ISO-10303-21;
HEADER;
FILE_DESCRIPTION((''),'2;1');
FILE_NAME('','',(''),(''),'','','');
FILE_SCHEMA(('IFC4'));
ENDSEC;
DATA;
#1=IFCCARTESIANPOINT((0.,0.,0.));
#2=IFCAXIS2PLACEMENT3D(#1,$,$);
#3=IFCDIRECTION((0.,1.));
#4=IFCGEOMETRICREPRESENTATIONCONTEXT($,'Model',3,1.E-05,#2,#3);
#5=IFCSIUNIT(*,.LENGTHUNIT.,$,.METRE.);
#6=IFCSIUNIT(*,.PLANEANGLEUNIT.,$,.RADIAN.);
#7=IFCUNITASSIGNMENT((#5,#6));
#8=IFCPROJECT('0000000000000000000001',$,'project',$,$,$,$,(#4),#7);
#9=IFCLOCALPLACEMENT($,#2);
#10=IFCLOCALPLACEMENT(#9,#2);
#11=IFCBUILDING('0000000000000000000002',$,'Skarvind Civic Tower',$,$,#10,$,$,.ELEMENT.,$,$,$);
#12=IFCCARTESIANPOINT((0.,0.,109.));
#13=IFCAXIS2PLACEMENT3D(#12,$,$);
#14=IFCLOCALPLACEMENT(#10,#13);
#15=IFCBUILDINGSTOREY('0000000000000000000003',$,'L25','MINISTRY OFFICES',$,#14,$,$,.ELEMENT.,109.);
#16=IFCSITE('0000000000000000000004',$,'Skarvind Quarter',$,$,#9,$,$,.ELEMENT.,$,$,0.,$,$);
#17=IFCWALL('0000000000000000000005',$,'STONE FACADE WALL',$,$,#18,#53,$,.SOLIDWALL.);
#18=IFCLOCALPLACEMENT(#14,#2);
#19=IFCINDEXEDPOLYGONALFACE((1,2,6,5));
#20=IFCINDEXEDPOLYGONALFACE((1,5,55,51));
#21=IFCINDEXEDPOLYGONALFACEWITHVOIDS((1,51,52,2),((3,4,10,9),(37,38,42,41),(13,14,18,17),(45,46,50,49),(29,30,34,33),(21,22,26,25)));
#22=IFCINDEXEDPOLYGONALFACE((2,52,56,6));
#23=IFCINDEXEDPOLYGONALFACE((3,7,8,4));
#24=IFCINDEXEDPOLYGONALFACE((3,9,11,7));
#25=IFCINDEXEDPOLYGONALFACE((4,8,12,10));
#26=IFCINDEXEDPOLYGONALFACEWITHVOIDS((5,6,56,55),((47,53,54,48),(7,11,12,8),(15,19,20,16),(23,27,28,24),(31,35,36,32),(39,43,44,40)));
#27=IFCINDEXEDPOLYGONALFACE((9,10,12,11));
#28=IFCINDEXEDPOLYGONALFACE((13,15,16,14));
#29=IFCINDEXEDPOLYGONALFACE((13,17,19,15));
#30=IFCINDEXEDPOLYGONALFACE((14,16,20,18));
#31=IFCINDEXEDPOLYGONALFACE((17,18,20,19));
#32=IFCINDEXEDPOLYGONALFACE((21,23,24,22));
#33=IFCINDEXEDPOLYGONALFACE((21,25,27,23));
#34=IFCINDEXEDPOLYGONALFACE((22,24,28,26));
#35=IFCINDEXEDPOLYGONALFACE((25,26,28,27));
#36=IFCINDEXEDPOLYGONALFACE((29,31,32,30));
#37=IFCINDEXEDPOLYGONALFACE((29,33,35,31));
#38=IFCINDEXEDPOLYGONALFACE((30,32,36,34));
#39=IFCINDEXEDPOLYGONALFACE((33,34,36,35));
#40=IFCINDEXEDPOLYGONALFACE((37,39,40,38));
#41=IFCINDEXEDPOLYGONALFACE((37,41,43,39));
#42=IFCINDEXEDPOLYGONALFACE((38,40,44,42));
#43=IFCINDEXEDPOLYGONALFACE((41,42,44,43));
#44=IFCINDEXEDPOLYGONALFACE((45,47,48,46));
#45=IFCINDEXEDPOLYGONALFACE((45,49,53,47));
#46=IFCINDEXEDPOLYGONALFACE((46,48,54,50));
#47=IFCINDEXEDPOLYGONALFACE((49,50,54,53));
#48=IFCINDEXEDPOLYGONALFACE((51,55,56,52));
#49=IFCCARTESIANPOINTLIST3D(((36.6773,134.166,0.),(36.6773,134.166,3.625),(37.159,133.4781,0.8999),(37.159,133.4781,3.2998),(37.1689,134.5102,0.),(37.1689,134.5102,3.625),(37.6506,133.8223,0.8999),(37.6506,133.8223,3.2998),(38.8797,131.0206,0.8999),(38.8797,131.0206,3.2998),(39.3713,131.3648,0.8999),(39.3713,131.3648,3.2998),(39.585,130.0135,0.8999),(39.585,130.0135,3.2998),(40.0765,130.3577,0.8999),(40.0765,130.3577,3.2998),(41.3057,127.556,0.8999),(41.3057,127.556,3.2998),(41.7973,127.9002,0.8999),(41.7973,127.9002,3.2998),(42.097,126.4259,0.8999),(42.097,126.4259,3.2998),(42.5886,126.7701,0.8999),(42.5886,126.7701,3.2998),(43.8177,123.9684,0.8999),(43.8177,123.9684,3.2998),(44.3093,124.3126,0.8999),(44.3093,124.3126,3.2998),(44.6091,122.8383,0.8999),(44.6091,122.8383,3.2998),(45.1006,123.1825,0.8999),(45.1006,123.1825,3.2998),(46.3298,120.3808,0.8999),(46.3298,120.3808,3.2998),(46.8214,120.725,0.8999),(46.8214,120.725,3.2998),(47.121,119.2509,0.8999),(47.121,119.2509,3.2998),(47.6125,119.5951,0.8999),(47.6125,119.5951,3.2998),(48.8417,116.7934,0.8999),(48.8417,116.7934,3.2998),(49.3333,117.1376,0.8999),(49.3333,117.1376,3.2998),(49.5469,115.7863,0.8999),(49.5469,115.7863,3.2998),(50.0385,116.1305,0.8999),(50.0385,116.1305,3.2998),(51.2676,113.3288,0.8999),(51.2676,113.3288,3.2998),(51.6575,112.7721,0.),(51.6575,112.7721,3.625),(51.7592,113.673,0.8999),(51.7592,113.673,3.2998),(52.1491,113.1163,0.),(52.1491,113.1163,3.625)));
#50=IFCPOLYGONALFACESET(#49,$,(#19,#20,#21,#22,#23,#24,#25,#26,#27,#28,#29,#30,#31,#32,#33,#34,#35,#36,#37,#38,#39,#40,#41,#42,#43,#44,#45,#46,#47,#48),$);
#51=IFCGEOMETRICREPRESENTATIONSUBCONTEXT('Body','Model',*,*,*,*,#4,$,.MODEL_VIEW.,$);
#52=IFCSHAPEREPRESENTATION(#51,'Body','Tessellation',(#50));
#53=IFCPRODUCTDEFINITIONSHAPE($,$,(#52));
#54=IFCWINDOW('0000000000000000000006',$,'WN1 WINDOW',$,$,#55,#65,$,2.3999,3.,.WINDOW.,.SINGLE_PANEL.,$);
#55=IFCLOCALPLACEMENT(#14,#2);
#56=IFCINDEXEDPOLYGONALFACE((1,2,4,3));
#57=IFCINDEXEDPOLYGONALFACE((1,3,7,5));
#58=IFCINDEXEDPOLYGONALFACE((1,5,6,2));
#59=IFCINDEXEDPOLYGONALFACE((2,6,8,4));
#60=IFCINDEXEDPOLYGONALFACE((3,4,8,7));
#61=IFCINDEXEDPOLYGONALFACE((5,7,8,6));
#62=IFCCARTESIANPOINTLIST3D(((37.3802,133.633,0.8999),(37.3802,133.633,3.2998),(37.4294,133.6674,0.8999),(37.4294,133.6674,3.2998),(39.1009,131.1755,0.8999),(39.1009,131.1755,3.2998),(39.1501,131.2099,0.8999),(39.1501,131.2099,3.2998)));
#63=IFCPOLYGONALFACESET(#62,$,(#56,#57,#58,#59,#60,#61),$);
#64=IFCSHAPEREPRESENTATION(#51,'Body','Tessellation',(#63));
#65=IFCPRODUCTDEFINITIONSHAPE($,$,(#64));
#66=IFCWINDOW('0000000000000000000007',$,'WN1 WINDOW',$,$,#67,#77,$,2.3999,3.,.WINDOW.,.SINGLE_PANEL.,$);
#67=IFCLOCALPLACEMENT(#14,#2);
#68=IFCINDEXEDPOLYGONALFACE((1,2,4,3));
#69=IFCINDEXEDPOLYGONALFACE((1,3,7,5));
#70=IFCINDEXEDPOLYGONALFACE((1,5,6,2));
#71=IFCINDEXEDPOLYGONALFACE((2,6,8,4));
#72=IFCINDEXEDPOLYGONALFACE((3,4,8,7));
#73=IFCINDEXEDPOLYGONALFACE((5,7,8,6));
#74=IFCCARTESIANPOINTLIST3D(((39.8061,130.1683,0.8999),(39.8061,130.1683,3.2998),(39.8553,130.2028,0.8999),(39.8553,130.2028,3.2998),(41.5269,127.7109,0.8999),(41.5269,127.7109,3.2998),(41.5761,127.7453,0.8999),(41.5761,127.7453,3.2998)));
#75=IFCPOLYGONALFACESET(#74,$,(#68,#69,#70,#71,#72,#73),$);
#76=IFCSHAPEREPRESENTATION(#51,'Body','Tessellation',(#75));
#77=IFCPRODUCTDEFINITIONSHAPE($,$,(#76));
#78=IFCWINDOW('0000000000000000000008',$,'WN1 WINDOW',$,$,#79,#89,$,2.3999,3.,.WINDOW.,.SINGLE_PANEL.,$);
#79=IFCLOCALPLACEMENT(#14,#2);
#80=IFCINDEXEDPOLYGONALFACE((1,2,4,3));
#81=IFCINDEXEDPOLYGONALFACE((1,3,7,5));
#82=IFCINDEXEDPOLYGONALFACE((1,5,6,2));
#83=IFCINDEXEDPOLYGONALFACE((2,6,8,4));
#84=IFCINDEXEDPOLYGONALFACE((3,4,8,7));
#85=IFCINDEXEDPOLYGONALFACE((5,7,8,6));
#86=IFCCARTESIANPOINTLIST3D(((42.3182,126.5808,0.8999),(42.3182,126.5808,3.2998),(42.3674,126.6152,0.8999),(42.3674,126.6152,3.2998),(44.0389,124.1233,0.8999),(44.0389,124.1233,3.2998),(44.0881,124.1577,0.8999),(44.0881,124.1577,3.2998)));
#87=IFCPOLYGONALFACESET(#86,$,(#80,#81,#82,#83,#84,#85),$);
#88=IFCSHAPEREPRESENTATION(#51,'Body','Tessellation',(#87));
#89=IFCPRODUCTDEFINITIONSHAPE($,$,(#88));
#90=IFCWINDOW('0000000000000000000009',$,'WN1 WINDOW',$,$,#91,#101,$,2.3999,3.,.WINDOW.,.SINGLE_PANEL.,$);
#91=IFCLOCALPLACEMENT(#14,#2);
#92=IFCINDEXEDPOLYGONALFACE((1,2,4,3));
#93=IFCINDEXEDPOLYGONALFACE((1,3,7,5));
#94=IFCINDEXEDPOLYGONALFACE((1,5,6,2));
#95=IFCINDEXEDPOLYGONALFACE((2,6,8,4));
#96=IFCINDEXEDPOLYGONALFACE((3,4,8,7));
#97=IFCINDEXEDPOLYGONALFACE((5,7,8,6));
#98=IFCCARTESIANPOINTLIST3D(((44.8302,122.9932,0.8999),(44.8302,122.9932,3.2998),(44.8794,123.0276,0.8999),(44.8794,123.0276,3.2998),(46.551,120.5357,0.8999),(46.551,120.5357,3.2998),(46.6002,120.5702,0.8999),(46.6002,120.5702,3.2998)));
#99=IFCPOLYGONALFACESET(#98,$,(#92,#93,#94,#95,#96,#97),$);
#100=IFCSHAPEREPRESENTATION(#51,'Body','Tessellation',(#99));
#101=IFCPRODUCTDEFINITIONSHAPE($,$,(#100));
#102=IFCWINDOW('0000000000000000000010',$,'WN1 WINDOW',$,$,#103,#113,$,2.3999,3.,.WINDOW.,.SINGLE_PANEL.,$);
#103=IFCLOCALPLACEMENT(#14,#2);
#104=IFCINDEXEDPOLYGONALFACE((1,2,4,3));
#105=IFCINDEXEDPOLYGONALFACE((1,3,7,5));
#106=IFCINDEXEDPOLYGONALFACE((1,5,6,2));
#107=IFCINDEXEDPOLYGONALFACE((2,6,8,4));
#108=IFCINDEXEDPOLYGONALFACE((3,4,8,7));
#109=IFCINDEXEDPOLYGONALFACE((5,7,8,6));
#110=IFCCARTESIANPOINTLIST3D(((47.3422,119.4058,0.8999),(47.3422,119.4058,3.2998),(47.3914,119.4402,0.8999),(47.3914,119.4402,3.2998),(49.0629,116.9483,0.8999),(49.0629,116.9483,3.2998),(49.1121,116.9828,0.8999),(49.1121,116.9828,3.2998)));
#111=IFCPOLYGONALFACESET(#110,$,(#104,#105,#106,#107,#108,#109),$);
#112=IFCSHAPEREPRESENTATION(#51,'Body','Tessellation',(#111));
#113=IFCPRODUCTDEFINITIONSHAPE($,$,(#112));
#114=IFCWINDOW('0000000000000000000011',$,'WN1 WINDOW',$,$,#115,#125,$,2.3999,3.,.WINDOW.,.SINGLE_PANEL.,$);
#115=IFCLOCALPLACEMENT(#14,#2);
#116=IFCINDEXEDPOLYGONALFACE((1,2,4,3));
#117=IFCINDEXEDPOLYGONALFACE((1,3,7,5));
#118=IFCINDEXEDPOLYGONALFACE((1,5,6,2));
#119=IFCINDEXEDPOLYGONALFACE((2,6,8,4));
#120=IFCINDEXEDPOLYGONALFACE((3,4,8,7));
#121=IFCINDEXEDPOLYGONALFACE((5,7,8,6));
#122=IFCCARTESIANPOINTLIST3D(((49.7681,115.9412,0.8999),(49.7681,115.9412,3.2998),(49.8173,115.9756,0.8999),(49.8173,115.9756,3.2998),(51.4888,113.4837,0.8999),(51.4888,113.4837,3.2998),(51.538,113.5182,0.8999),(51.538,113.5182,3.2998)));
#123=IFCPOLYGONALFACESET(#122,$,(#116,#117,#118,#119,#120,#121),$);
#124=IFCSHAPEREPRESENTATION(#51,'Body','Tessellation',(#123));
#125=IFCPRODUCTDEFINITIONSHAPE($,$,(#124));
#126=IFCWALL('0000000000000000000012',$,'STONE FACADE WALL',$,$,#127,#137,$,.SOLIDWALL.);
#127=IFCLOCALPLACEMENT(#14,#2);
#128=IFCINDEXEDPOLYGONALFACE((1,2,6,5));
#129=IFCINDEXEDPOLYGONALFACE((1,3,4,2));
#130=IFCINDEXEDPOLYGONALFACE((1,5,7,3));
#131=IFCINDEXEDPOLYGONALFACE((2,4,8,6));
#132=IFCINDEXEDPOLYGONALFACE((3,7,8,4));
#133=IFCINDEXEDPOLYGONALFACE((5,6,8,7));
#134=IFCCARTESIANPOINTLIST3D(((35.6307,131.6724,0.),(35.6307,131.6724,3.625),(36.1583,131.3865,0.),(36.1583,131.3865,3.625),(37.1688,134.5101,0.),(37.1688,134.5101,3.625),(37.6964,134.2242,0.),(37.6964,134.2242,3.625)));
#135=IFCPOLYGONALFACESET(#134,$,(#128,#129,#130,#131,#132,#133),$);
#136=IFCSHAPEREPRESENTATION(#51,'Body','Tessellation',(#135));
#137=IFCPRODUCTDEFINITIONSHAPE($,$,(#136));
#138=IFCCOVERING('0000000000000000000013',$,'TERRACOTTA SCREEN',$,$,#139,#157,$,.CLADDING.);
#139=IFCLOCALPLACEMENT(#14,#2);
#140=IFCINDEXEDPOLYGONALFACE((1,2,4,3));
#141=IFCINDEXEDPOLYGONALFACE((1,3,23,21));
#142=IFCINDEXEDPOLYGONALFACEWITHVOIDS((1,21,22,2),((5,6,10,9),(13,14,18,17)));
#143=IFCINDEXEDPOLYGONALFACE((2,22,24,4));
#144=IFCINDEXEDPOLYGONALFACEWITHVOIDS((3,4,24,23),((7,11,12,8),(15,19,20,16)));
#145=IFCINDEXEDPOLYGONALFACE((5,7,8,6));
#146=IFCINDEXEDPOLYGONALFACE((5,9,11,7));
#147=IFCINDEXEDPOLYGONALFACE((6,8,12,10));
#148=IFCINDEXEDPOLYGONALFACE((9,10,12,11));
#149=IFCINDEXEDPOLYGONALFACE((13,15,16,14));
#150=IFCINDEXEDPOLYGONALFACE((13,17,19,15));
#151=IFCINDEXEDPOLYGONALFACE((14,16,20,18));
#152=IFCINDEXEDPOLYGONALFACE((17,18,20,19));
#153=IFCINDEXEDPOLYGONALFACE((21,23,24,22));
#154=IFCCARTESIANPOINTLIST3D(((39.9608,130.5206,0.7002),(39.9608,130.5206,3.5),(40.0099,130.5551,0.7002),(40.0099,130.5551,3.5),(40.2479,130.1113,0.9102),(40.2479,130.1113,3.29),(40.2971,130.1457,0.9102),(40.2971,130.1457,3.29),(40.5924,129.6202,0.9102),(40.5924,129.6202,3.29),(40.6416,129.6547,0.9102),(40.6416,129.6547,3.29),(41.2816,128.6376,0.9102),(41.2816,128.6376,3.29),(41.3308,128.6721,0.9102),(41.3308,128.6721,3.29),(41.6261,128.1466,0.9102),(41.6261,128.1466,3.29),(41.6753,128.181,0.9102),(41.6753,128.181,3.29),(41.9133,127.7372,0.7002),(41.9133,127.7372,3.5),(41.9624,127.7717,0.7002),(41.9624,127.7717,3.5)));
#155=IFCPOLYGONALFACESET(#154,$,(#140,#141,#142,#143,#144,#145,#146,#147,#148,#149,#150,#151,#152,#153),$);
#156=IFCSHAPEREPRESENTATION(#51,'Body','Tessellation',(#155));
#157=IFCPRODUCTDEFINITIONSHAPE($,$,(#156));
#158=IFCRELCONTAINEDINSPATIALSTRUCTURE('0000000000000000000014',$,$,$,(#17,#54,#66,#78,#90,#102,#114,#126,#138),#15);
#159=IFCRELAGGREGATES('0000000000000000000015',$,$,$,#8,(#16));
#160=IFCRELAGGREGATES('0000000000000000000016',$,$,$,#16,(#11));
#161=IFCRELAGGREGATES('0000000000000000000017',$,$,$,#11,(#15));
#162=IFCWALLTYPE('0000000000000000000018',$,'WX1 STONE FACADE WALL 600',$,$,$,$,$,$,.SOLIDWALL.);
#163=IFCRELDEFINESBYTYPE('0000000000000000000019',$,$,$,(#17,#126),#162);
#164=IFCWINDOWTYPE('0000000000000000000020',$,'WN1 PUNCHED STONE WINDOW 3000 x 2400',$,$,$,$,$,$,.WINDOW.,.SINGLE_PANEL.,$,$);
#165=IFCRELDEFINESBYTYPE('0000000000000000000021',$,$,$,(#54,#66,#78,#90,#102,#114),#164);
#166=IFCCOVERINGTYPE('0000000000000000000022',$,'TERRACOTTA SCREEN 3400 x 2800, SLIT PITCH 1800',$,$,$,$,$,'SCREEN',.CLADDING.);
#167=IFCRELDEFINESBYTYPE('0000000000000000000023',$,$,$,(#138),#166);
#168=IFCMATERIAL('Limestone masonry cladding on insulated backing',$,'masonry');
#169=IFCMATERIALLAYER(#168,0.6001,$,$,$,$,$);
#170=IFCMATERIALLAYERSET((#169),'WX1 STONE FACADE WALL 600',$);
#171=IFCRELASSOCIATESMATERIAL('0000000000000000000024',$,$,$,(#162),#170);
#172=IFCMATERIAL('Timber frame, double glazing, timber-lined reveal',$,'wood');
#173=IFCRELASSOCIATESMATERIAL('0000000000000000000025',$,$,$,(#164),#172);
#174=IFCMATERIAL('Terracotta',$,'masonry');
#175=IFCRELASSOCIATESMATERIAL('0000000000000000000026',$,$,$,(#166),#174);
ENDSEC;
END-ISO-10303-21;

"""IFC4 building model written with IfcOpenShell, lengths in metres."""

from ifc_helpers import new_model, si_unit, direction, frame, frame_2d, origin, place, context, subcontext, project, spatial, polyline, rectangle, outline, extrude, material, layer, layer_set, material_profile, profile_set, type_object, element, fill, save


model = new_model("IFC4")

# Units and contexts
model_context = context("Model", 3, precision=1e-05, world=origin(), true_north=direction((0.0, 1.0)))
body_context = subcontext(model_context, "Body", "Model", "MODEL_VIEW")
ifc_project = project(units=[si_unit("LENGTHUNIT", "METRE"), si_unit("PLANEANGLEUNIT", "RADIAN")], contexts=[model_context])

# Site, building, storey
site_placement = place(None, origin())
site = spatial("IfcSite", under=ifc_project, at=site_placement, Name="Skarvind Quarter", CompositionType="ELEMENT", RefElevation=0.0)
building_placement = place(site_placement, origin())
building = spatial("IfcBuilding", under=site, at=building_placement, Name="Skarvind Civic Tower", CompositionType="ELEMENT")
storey_placement = place(building_placement, frame((0.0, 0.0, 109.0)))
storey = spatial("IfcBuildingStorey", under=building, at=storey_placement, Name="L25", Description="MINISTRY OFFICES", CompositionType="ELEMENT", Elevation=109.0)

# Shared definitions
ifc_material_1 = material(Name="Limestone masonry cladding on insulated backing", Category="masonry")
ifc_layer_1 = layer(ifc_material_1, 0.6001)
ifc_layer_set_1 = layer_set([ifc_layer_1], Name="WX1 STONE FACADE WALL 600")
wall_type_1 = type_object("IfcWallType", Name="WX1 STONE FACADE WALL 600", PredefinedType="SOLIDWALL", material=ifc_layer_set_1)

# Wall, openings, windows
wall_1_placement = place(storey_placement, frame((36.9231, 134.3381, 0.0), z_axis=(0.0, 0.0, 1.0), x_axis=(0.573575, -0.819153, 0.0)))
wall_1 = element("IfcWall", 1, at=wall_1_placement, inside=storey, type_object=wall_type_1, Name="STONE FACADE WALL", PredefinedType="SOLIDWALL", context=body_context, shape_type="SweptSolid", body=[
    extrude(rectangle(XDim=26.1172, YDim=0.6001, at=frame_2d((13.0586, 0.0))), origin(), (0.0, 0.0, 1.0), 3.625),
])
opening_1_placement = place(wall_1_placement, frame((0.8398, 0.0, 0.8999)))
opening_1 = element("IfcOpeningElement", 2, at=opening_1_placement, cuts=wall_1, PredefinedType="OPENING", context=body_context, shape_type="SweptSolid", body=[
    extrude(rectangle(XDim=3.0, YDim=2.3999, at=frame_2d((1.5, 1.2))), frame((0.0, 0.3101, 0.0), z_axis=(0.0, -1.0, 0.0), x_axis=(1.0, 0.0, 0.0)), (0.0, 0.0, 1.0), 0.6201),
])
opening_2_placement = place(wall_1_placement, frame((5.0693, 0.0, 0.8999)))
opening_2 = element("IfcOpeningElement", 3, at=opening_2_placement, cuts=wall_1, PredefinedType="OPENING", context=body_context, shape_type="SweptSolid", body=[
    extrude(rectangle(XDim=3.0, YDim=2.3999, at=frame_2d((1.5, 1.2))), frame((0.0, 0.3101, 0.0), z_axis=(0.0, -1.0, 0.0), x_axis=(1.0, 0.0, 0.0)), (0.0, 0.0, 1.0), 0.6201),
])
opening_3_placement = place(wall_1_placement, frame((9.449, 0.0, 0.8999)))
opening_3 = element("IfcOpeningElement", 4, at=opening_3_placement, cuts=wall_1, PredefinedType="OPENING", context=body_context, shape_type="SweptSolid", body=[
    extrude(rectangle(XDim=3.0, YDim=2.3999, at=frame_2d((1.5, 1.2))), frame((0.0, 0.3101, 0.0), z_axis=(0.0, -1.0, 0.0), x_axis=(1.0, 0.0, 0.0)), (0.0, 0.0, 1.0), 0.6201),
])
opening_4_placement = place(wall_1_placement, frame((13.8286, 0.0, 0.8999)))
opening_4 = element("IfcOpeningElement", 5, at=opening_4_placement, cuts=wall_1, PredefinedType="OPENING", context=body_context, shape_type="SweptSolid", body=[
    extrude(rectangle(XDim=3.0, YDim=2.3999, at=frame_2d((1.5, 1.2))), frame((0.0, 0.3101, 0.0), z_axis=(0.0, -1.0, 0.0), x_axis=(1.0, 0.0, 0.0)), (0.0, 0.0, 1.0), 0.6201),
])
opening_5_placement = place(wall_1_placement, frame((18.208, 0.0, 0.8999)))
opening_5 = element("IfcOpeningElement", 6, at=opening_5_placement, cuts=wall_1, PredefinedType="OPENING", context=body_context, shape_type="SweptSolid", body=[
    extrude(rectangle(XDim=3.0, YDim=2.3999, at=frame_2d((1.5, 1.2))), frame((0.0, 0.3101, 0.0), z_axis=(0.0, -1.0, 0.0), x_axis=(1.0, 0.0, 0.0)), (0.0, 0.0, 1.0), 0.6201),
])
opening_6_placement = place(wall_1_placement, frame((22.4375, 0.0, 0.8999)))
opening_6 = element("IfcOpeningElement", 7, at=opening_6_placement, cuts=wall_1, PredefinedType="OPENING", context=body_context, shape_type="SweptSolid", body=[
    extrude(rectangle(XDim=3.0, YDim=2.3999, at=frame_2d((1.5, 1.2))), frame((0.0, 0.3101, 0.0), z_axis=(0.0, -1.0, 0.0), x_axis=(1.0, 0.0, 0.0)), (0.0, 0.0, 1.0), 0.6201),
])
ifc_material_2 = material(Name="Timber frame, double glazing, timber-lined reveal", Category="wood")
window_type = type_object("IfcWindowType", Name="WN1 PUNCHED STONE WINDOW 3000 x 2400", PartitioningType="SINGLE_PANEL", PredefinedType="WINDOW", material=ifc_material_2)
window_1_placement = place(opening_1_placement, origin())
window_1 = element("IfcWindow", 8, at=window_1_placement, inside=storey, type_object=window_type, Name="WN1 WINDOW", OverallHeight=2.3999, OverallWidth=3.0, PartitioningType="SINGLE_PANEL", PredefinedType="WINDOW", context=body_context, shape_type="SweptSolid", body=[
    extrude(rectangle(XDim=3.0, YDim=2.3999, at=frame_2d((1.5, 1.2))), frame((0.0, 0.03, 0.0), z_axis=(0.0, -1.0, 0.0), x_axis=(1.0, 0.0, 0.0)), (0.0, 0.0, 1.0), 0.0601),
])
fill(opening_1, window_1)
window_2_placement = place(opening_2_placement, origin())
window_2 = element("IfcWindow", 9, at=window_2_placement, inside=storey, type_object=window_type, Name="WN1 WINDOW", OverallHeight=2.3999, OverallWidth=3.0, PartitioningType="SINGLE_PANEL", PredefinedType="WINDOW", context=body_context, shape_type="SweptSolid", body=[
    extrude(rectangle(XDim=3.0, YDim=2.3999, at=frame_2d((1.5, 1.2))), frame((0.0, 0.03, 0.0), z_axis=(0.0, -1.0, 0.0), x_axis=(1.0, 0.0, 0.0)), (0.0, 0.0, 1.0), 0.0601),
])
fill(opening_2, window_2)
window_3_placement = place(opening_3_placement, origin())
window_3 = element("IfcWindow", 10, at=window_3_placement, inside=storey, type_object=window_type, Name="WN1 WINDOW", OverallHeight=2.3999, OverallWidth=3.0, PartitioningType="SINGLE_PANEL", PredefinedType="WINDOW", context=body_context, shape_type="SweptSolid", body=[
    extrude(rectangle(XDim=3.0, YDim=2.3999, at=frame_2d((1.5, 1.2))), frame((0.0, 0.03, 0.0), z_axis=(0.0, -1.0, 0.0), x_axis=(1.0, 0.0, 0.0)), (0.0, 0.0, 1.0), 0.0601),
])
fill(opening_3, window_3)
window_4_placement = place(opening_4_placement, origin())
window_4 = element("IfcWindow", 11, at=window_4_placement, inside=storey, type_object=window_type, Name="WN1 WINDOW", OverallHeight=2.3999, OverallWidth=3.0, PartitioningType="SINGLE_PANEL", PredefinedType="WINDOW", context=body_context, shape_type="SweptSolid", body=[
    extrude(rectangle(XDim=3.0, YDim=2.3999, at=frame_2d((1.5, 1.2))), frame((0.0, 0.03, 0.0), z_axis=(0.0, -1.0, 0.0), x_axis=(1.0, 0.0, 0.0)), (0.0, 0.0, 1.0), 0.0601),
])
fill(opening_4, window_4)
window_5_placement = place(opening_5_placement, origin())
window_5 = element("IfcWindow", 12, at=window_5_placement, inside=storey, type_object=window_type, Name="WN1 WINDOW", OverallHeight=2.3999, OverallWidth=3.0, PartitioningType="SINGLE_PANEL", PredefinedType="WINDOW", context=body_context, shape_type="SweptSolid", body=[
    extrude(rectangle(XDim=3.0, YDim=2.3999, at=frame_2d((1.5, 1.2))), frame((0.0, 0.03, 0.0), z_axis=(0.0, -1.0, 0.0), x_axis=(1.0, 0.0, 0.0)), (0.0, 0.0, 1.0), 0.0601),
])
fill(opening_5, window_5)
window_6_placement = place(opening_6_placement, origin())
window_6 = element("IfcWindow", 13, at=window_6_placement, inside=storey, type_object=window_type, Name="WN1 WINDOW", OverallHeight=2.3999, OverallWidth=3.0, PartitioningType="SINGLE_PANEL", PredefinedType="WINDOW", context=body_context, shape_type="SweptSolid", body=[
    extrude(rectangle(XDim=3.0, YDim=2.3999, at=frame_2d((1.5, 1.2))), frame((0.0, 0.03, 0.0), z_axis=(0.0, -1.0, 0.0), x_axis=(1.0, 0.0, 0.0)), (0.0, 0.0, 1.0), 0.0601),
])
fill(opening_6, window_6)

# Wall
wall_2_placement = place(storey_placement, frame((35.8945, 131.5295, 0.0), z_axis=(0.0, 0.0, 1.0), x_axis=(0.476529, 0.879159, 0.0)))
element("IfcWall", 14, at=wall_2_placement, inside=storey, type_object=wall_type_1, Name="STONE FACADE WALL", PredefinedType="SOLIDWALL", context=body_context, shape_type="SweptSolid", body=[
    extrude(rectangle(XDim=3.2278, YDim=0.6001, at=frame_2d((1.6138, 0.0))), origin(), (0.0, 0.0, 1.0), 3.625),
])

# Covering
ifc_material_3 = material(Name="Terracotta", Category="masonry")
ifc_material_profile_1 = material_profile(ifc_material_3, outline(polyline([(-1.7, -1.3999), (1.7, -1.3999), (1.7, 1.3999), (-1.7, 1.3999), (-1.7, -1.3999)]), holes=[polyline([(-1.2, -1.1899), (-0.6001, -1.1899), (-0.6001, 1.1899), (-1.2, 1.1899), (-1.2, -1.1899)]), polyline([(0.6001, -1.1899), (1.2, -1.1899), (1.2, 1.1899), (0.6001, 1.1899), (0.6001, -1.1899)])]), Name="TERRACOTTA SCREEN 3400 x 2800, SLIT PITCH 1800")
ifc_profile_set_1 = profile_set([ifc_material_profile_1], Name="Terracotta")
covering_type = type_object("IfcCoveringType", Name="TERRACOTTA SCREEN 3400 x 2800, SLIT PITCH 1800", ElementType="SCREEN", PredefinedType="CLADDING", material=ifc_profile_set_1)
covering_placement = place(storey_placement, frame((40.937, 129.1289, 2.1001), z_axis=(0.818657, 0.574282, 0.0), x_axis=(-0.574282, 0.818657, 0.0)))
element("IfcCovering", 15, at=covering_placement, inside=storey, type_object=covering_type, Name="TERRACOTTA SCREEN", PredefinedType="CLADDING", context=body_context, shape_type="SweptSolid", body=[
    extrude(outline(polyline([(-1.7, -1.3999), (1.7, -1.3999), (1.7, 1.3999), (-1.7, 1.3999), (-1.7, -1.3999)]), holes=[polyline([(-1.2, -1.1899), (-0.6001, -1.1899), (-0.6001, 1.1899), (-1.2, 1.1899), (-1.2, -1.1899)]), polyline([(0.6001, -1.1899), (1.2, -1.1899), (1.2, 1.1899), (0.6001, 1.1899), (0.6001, -1.1899)])]), origin(), (0.0, 0.0, 1.0), 0.0601),
])

save(model, "model.ifc")
